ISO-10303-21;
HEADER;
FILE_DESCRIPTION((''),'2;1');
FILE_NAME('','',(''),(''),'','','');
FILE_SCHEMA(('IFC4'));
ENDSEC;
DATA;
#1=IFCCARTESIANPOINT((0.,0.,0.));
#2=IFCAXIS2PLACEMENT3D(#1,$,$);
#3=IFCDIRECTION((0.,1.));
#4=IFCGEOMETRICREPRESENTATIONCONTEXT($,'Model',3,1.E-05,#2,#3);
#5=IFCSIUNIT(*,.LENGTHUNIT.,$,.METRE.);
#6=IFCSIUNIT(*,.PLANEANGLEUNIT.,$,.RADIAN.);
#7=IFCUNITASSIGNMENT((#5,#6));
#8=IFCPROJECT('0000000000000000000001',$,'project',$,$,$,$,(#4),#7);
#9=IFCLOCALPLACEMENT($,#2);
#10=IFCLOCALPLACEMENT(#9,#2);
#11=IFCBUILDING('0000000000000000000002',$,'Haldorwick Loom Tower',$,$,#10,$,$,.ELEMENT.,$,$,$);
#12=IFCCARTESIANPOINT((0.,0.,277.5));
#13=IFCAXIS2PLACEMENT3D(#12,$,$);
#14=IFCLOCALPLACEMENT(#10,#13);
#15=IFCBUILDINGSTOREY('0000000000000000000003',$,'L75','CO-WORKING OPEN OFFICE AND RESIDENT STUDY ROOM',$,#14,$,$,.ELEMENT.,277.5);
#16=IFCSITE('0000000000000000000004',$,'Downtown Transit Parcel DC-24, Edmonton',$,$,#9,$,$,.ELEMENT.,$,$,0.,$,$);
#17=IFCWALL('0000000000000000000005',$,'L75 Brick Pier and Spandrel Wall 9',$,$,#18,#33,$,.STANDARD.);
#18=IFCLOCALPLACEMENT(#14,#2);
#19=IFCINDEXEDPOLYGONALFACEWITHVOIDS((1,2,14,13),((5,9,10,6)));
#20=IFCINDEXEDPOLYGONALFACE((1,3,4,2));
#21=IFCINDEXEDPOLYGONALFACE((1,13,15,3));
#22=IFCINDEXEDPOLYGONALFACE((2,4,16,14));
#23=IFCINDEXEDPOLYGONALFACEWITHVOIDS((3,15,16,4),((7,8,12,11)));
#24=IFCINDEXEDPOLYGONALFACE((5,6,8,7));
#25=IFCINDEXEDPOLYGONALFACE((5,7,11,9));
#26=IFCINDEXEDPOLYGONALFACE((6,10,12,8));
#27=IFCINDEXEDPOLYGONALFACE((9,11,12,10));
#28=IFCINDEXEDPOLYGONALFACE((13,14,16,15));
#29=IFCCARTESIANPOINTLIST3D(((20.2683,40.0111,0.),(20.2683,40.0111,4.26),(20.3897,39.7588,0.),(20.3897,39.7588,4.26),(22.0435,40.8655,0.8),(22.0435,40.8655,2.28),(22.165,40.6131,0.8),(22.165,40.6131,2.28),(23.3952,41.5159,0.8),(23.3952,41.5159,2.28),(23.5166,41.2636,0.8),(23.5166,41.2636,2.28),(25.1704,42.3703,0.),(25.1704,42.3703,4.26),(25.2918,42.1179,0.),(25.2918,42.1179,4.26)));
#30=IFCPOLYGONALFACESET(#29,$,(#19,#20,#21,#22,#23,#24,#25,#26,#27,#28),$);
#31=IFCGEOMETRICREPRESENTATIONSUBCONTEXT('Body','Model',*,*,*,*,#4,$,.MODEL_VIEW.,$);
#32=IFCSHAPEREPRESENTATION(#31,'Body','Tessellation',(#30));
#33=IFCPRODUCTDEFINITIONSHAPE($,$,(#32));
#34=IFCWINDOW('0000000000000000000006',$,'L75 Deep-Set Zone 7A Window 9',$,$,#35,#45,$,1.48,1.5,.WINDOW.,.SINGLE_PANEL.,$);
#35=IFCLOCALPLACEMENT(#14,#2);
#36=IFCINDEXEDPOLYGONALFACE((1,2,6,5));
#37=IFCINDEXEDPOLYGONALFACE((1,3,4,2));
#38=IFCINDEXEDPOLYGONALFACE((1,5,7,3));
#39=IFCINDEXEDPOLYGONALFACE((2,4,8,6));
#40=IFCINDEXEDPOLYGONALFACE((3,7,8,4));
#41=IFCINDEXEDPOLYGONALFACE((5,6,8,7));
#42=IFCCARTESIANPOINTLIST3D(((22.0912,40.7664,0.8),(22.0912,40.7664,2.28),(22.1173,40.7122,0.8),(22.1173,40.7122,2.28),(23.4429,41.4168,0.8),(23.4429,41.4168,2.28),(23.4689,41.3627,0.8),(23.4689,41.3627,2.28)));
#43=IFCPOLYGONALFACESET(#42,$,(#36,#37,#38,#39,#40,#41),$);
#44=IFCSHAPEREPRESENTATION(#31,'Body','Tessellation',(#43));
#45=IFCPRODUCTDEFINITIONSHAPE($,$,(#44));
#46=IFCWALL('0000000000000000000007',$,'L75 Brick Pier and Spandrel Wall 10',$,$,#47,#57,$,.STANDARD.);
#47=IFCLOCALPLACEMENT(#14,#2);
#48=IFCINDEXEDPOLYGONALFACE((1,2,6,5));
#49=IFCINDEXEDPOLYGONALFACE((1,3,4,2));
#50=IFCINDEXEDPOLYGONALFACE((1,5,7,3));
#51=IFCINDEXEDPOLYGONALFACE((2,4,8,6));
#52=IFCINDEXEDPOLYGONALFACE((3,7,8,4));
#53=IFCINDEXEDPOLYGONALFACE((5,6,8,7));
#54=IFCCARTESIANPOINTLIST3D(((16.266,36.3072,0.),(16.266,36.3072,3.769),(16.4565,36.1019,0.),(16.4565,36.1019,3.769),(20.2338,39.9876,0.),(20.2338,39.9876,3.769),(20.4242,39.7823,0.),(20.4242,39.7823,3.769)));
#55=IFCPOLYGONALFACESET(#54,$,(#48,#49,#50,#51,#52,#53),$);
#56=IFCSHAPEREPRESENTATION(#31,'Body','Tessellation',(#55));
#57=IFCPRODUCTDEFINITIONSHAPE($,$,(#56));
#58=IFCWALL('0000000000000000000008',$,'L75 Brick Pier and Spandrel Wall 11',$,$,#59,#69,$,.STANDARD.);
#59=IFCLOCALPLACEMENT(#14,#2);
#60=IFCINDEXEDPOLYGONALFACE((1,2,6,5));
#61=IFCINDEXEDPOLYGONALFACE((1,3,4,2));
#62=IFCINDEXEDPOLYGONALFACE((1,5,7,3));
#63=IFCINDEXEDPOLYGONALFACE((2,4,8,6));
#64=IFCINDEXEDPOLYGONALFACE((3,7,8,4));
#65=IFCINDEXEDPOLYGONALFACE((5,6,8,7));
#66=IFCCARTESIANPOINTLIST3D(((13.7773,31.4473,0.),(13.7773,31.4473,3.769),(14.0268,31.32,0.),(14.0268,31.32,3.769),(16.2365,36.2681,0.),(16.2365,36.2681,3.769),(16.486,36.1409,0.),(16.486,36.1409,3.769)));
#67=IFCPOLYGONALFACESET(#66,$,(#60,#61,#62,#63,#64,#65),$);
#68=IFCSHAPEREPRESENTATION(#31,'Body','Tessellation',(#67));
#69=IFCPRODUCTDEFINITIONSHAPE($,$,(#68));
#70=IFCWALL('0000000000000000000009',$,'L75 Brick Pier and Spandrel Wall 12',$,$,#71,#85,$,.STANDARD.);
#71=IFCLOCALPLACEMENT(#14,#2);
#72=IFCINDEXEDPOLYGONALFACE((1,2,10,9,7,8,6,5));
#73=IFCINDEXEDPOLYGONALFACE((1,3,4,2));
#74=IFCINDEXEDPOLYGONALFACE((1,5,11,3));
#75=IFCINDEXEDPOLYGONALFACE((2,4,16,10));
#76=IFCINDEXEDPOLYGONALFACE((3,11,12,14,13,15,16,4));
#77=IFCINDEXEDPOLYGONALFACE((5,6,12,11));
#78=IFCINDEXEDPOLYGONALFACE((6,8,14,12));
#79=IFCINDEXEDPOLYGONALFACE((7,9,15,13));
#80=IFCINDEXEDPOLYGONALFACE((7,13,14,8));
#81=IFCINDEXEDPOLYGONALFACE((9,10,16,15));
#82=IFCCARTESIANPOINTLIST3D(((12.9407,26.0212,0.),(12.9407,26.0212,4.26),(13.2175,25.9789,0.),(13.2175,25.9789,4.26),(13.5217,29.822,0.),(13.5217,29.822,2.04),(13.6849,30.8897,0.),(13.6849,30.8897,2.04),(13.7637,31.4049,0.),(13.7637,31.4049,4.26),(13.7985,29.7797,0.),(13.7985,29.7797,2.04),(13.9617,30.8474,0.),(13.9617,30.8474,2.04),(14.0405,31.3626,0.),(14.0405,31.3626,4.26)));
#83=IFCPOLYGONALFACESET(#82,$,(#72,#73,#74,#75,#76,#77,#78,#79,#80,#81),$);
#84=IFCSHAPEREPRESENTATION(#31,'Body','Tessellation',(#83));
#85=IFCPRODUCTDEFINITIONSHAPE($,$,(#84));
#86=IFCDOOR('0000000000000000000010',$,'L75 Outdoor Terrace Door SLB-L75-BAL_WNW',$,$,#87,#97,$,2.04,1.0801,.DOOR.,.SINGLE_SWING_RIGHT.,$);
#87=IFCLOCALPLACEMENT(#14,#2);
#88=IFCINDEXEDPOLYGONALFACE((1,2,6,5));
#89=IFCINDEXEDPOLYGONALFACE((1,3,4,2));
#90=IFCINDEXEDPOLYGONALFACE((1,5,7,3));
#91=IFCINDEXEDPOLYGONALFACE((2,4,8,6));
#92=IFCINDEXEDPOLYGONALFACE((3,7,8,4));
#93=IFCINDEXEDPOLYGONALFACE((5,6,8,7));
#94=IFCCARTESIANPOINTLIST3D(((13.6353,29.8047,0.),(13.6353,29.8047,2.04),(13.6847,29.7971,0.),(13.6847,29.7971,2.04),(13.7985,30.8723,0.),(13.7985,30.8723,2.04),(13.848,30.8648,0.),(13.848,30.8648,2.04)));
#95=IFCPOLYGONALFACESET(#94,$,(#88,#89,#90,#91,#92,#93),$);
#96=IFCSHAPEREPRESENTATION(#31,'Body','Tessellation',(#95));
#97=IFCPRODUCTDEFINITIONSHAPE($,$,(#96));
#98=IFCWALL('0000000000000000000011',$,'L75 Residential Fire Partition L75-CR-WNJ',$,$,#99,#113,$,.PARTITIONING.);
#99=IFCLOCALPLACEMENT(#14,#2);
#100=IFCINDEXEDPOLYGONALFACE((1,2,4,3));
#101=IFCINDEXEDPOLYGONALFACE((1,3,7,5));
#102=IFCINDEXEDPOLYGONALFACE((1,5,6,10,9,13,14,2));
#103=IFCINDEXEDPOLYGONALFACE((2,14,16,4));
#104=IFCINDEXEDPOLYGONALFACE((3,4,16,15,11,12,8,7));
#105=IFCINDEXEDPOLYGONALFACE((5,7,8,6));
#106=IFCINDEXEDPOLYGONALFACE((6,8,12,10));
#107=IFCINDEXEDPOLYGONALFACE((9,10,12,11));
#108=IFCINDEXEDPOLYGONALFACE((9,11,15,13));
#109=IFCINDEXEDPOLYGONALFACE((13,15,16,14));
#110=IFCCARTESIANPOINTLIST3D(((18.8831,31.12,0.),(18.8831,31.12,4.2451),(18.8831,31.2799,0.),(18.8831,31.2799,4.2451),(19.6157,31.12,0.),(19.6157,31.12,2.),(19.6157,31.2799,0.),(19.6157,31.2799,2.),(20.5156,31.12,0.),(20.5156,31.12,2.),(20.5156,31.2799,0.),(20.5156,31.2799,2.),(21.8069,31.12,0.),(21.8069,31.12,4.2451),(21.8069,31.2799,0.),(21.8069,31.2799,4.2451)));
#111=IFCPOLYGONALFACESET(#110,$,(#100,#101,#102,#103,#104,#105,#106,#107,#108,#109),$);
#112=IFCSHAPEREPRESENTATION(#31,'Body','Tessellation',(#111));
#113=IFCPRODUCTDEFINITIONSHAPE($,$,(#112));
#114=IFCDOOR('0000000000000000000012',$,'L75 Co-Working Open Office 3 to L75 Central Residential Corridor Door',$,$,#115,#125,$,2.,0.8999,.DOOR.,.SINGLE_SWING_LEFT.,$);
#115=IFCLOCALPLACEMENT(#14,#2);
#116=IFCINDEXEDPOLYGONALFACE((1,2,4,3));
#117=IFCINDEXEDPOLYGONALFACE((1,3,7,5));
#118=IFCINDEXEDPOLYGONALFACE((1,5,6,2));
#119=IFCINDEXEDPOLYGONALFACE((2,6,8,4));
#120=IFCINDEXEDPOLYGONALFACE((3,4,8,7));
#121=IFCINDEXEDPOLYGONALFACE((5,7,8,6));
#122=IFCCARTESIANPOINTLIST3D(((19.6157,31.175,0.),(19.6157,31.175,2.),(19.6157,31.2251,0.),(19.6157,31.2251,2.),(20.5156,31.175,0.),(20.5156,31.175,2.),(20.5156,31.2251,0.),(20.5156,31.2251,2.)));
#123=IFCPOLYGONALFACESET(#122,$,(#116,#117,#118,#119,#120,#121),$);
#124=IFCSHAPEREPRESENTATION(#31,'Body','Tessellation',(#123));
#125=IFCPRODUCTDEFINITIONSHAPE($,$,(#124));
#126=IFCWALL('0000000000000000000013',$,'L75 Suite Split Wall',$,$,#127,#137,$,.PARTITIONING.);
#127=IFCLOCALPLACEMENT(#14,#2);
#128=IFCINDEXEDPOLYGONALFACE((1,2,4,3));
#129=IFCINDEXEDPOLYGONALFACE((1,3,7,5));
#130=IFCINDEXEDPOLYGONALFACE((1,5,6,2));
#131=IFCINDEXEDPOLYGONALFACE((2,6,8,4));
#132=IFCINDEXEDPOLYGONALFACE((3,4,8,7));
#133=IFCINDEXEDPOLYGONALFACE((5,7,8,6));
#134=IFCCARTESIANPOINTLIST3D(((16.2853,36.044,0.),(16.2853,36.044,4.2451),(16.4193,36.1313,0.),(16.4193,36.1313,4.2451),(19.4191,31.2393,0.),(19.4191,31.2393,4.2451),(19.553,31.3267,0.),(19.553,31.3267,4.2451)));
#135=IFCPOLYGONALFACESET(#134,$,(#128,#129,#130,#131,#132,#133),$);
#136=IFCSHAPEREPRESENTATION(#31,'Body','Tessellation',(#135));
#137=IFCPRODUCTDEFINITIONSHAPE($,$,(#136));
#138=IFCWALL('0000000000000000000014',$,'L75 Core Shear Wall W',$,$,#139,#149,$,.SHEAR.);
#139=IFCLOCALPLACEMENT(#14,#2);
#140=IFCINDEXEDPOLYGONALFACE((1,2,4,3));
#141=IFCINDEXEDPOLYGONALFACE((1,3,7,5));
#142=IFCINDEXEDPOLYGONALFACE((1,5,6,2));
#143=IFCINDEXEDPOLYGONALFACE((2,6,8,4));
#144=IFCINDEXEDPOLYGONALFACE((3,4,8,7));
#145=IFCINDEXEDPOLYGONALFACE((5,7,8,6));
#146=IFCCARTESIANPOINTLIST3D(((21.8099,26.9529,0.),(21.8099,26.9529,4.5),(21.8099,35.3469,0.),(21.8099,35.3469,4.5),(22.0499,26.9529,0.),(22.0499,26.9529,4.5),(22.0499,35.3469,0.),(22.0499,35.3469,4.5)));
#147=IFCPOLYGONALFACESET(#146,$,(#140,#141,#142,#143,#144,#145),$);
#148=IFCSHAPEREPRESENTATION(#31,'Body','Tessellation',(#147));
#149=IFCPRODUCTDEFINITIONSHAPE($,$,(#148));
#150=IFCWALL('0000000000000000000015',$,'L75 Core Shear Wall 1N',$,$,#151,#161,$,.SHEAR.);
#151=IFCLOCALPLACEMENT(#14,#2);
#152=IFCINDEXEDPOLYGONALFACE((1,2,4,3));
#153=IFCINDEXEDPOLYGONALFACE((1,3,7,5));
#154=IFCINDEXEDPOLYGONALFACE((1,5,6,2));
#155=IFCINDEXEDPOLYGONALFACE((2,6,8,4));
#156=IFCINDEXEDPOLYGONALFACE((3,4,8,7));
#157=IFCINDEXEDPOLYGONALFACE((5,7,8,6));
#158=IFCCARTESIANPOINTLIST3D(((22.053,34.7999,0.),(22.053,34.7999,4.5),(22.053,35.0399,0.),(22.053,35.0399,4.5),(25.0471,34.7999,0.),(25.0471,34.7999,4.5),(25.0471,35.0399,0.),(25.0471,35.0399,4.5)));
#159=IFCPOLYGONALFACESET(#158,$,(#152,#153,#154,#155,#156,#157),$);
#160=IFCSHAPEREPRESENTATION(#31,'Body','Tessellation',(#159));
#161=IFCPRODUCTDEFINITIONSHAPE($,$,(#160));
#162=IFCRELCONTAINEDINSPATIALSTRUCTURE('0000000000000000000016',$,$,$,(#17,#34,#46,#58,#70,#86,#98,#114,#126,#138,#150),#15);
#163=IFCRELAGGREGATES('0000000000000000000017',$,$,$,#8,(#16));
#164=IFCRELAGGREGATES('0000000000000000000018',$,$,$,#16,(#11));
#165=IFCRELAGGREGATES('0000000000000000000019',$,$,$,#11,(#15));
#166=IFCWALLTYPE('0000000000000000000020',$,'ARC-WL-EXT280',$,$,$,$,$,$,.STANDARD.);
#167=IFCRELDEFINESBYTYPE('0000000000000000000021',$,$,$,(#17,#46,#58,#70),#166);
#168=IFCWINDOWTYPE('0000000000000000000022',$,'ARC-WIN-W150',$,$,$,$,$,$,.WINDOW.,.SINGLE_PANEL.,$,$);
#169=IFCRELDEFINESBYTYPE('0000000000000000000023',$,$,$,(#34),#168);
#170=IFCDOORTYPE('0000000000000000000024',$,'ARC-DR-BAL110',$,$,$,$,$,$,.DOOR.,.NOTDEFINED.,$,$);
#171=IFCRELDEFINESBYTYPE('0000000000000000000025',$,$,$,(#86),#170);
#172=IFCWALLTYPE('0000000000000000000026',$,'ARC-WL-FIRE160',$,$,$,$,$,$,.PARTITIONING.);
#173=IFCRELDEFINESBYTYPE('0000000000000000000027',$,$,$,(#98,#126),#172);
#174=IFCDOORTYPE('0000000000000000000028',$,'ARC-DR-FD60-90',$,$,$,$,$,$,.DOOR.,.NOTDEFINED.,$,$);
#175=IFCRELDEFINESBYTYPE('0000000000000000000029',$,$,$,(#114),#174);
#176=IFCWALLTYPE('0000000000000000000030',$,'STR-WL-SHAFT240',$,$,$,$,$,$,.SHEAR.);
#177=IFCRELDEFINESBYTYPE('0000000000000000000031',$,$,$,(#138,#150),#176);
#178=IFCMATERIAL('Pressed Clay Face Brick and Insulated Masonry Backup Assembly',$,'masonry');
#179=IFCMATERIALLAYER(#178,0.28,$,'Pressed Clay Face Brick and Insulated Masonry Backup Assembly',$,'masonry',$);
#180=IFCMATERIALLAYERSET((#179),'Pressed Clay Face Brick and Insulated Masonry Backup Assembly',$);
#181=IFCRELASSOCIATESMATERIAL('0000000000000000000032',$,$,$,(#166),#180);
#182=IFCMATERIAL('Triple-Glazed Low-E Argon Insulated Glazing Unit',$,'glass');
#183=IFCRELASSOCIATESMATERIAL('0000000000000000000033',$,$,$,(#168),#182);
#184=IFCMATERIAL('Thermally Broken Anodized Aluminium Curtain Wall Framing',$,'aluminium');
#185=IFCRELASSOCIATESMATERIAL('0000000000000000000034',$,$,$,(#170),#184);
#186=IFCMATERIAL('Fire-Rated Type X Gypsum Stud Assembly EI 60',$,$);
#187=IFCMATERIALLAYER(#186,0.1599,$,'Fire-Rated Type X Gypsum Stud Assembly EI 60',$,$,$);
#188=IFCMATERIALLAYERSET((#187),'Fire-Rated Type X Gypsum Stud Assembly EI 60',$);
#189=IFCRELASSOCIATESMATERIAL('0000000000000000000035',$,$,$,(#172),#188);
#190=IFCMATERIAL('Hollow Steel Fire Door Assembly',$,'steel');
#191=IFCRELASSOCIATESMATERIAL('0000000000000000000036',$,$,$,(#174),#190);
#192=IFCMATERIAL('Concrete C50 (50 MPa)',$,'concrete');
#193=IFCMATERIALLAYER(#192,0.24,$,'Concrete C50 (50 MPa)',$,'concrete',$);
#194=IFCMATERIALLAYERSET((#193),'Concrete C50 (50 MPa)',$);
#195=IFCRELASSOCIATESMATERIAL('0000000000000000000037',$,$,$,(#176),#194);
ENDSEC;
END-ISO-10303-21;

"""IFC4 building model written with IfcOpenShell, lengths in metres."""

from ifc_helpers import new_model, si_unit, direction, frame, frame_2d, origin, place, context, subcontext, project, spatial, rectangle, extrude, material, layer, layer_set, type_object, element, fill, save


model = new_model("IFC4")

# Units and contexts
model_context = context("Model", 3, precision=1e-05, world=origin(), true_north=direction((0.0, 1.0)))
body_context = subcontext(model_context, "Body", "Model", "MODEL_VIEW")
ifc_project = project(units=[si_unit("LENGTHUNIT", "METRE"), si_unit("PLANEANGLEUNIT", "RADIAN")], contexts=[model_context])

# Site, building, storey
site_placement = place(None, origin())
site = spatial("IfcSite", under=ifc_project, at=site_placement, Name="Downtown Transit Parcel DC-24, Edmonton", CompositionType="ELEMENT", RefElevation=0.0)
building_placement = place(site_placement, origin())
building = spatial("IfcBuilding", under=site, at=building_placement, Name="Haldorwick Loom Tower", CompositionType="ELEMENT")
storey_placement = place(building_placement, frame((0.0, 0.0, 277.5)))
storey = spatial("IfcBuildingStorey", under=building, at=storey_placement, Name="L75", Description="CO-WORKING OPEN OFFICE AND RESIDENT STUDY ROOM", CompositionType="ELEMENT", Elevation=277.5)

# Shared definitions
ifc_material_1 = material(Name="Concrete C50 (50 MPa)", Category="concrete")

# Wall, opening, window
ifc_material_2 = material(Name="Pressed Clay Face Brick and Insulated Masonry Backup Assembly", Category="masonry")
ifc_layer_1 = layer(ifc_material_2, 0.28, Name="Pressed Clay Face Brick and Insulated Masonry Backup Assembly", Category="masonry")
ifc_layer_set_1 = layer_set([ifc_layer_1], Name="Pressed Clay Face Brick and Insulated Masonry Backup Assembly")
wall_type_1 = type_object("IfcWallType", Name="ARC-WL-EXT280", PredefinedType="STANDARD", material=ifc_layer_set_1)
wall_1_placement = place(storey_placement, frame((25.2312, 42.2441, 0.0), z_axis=(0.0, 0.0, 1.0), x_axis=(-0.901084, -0.433646, 0.0)))
wall_1 = element("IfcWall", 1, at=wall_1_placement, inside=storey, type_object=wall_type_1, Name="L75 Brick Pier and Spandrel Wall 9", PredefinedType="STANDARD", context=body_context, shape_type="SweptSolid", body=[
    extrude(rectangle(XDim=5.4402, YDim=0.28, at=frame_2d((2.7202, 0.0))), origin(), (0.0, 0.0, 1.0), 4.26),
])
opening_1_placement = place(wall_1_placement, frame((1.9702, 0.0, 0.8)))
opening_1 = element("IfcOpeningElement", 2, at=opening_1_placement, cuts=wall_1, PredefinedType="OPENING", context=body_context, shape_type="SweptSolid", body=[
    extrude(rectangle(XDim=1.5, YDim=1.48, at=frame_2d((0.75, 0.74))), frame((0.0, 0.1499, 0.0), z_axis=(0.0, -1.0, 0.0), x_axis=(1.0, 0.0, 0.0)), (0.0, 0.0, 1.0), 0.3),
])
ifc_material_3 = material(Name="Triple-Glazed Low-E Argon Insulated Glazing Unit", Category="glass")
window_type = type_object("IfcWindowType", Name="ARC-WIN-W150", PartitioningType="SINGLE_PANEL", PredefinedType="WINDOW", material=ifc_material_3)
window_placement = place(opening_1_placement, origin())
window = element("IfcWindow", 3, at=window_placement, inside=storey, type_object=window_type, Name="L75 Deep-Set Zone 7A Window 9", OverallHeight=1.48, OverallWidth=1.5, PartitioningType="SINGLE_PANEL", PredefinedType="WINDOW", context=body_context, shape_type="SweptSolid", body=[
    extrude(rectangle(XDim=1.5, YDim=1.48, at=frame_2d((0.75, 0.74))), frame((0.0, 0.03, 0.0), z_axis=(0.0, -1.0, 0.0), x_axis=(1.0, 0.0, 0.0)), (0.0, 0.0, 1.0), 0.0601),
])
fill(opening_1, window)

# Walls
for number, where, z_axis, x_axis, name in (
    (4, (20.3291, 39.885, 0.0), (0.0, 0.0, 1.0), (-0.733157, -0.68006, 0.0), "L75 Brick Pier and Spandrel Wall 10"),
    (5, (16.3613, 36.2046, 0.0), (0.0, 0.0, 1.0), (-0.454417, -0.890789, 0.0), "L75 Brick Pier and Spandrel Wall 11"),
):
    element("IfcWall", number, at=place(storey_placement, frame(where, z_axis=z_axis, x_axis=x_axis)), inside=storey, type_object=wall_type_1, Name=name, PredefinedType="STANDARD", context=body_context, shape_type="SweptSolid", body=[
        extrude(rectangle(XDim=5.4119, YDim=0.28, at=frame_2d((2.7061, 0.0))), origin(), (0.0, 0.0, 1.0), 3.769),
    ])

# Walls, openings, doors
wall_2_placement = place(storey_placement, frame((13.9021, 31.3838, 0.0), z_axis=(0.0, 0.0, 1.0), x_axis=(-0.151111, -0.988517, 0.0)))
wall_2 = element("IfcWall", 6, at=wall_2_placement, inside=storey, type_object=wall_type_1, Name="L75 Brick Pier and Spandrel Wall 12", PredefinedType="STANDARD", context=body_context, shape_type="SweptSolid", body=[
    extrude(rectangle(XDim=5.4463, YDim=0.28, at=frame_2d((2.7231, 0.0))), origin(), (0.0, 0.0, 1.0), 4.26),
])
opening_2_placement = place(wall_2_placement, frame((0.5212, 0.0, 0.0)))
opening_2 = element("IfcOpeningElement", 7, at=opening_2_placement, cuts=wall_2, PredefinedType="OPENING", context=body_context, shape_type="SweptSolid", body=[
    extrude(rectangle(XDim=1.0801, YDim=2.04, at=frame_2d((0.54, 1.02))), frame((0.0, 0.1499, 0.0), z_axis=(0.0, -1.0, 0.0), x_axis=(1.0, 0.0, 0.0)), (0.0, 0.0, 1.0), 0.3),
])
ifc_material_4 = material(Name="Thermally Broken Anodized Aluminium Curtain Wall Framing", Category="aluminium")
door_type_1 = type_object("IfcDoorType", Name="ARC-DR-BAL110", OperationType="NOTDEFINED", PredefinedType="DOOR", material=ifc_material_4)
door_1_placement = place(opening_2_placement, origin())
door_1 = element("IfcDoor", 8, at=door_1_placement, inside=storey, type_object=door_type_1, Name="L75 Outdoor Terrace Door SLB-L75-BAL_WNW", OperationType="SINGLE_SWING_RIGHT", OverallHeight=2.04, OverallWidth=1.0801, PredefinedType="DOOR", context=body_context, shape_type="SweptSolid", body=[
    extrude(rectangle(XDim=1.0801, YDim=2.04, at=frame_2d((0.54, 1.02))), frame((0.0, 0.0249, 0.0), z_axis=(0.0, -1.0, 0.0), x_axis=(1.0, 0.0, 0.0)), (0.0, 0.0, 1.0), 0.05),
])
fill(opening_2, door_1)
ifc_material_5 = material(Name="Fire-Rated Type X Gypsum Stud Assembly EI 60")
ifc_layer_2 = layer(ifc_material_5, 0.1599, Name="Fire-Rated Type X Gypsum Stud Assembly EI 60")
ifc_layer_set_2 = layer_set([ifc_layer_2], Name="Fire-Rated Type X Gypsum Stud Assembly EI 60")
wall_type_2 = type_object("IfcWallType", Name="ARC-WL-FIRE160", PredefinedType="PARTITIONING", material=ifc_layer_set_2)
wall_3_placement = place(storey_placement, frame((18.8831, 31.2, 0.0), z_axis=(0.0, 0.0, 1.0), x_axis=(1.0, 0.0, 0.0)))
wall_3 = element("IfcWall", 9, at=wall_3_placement, inside=storey, type_object=wall_type_2, Name="L75 Residential Fire Partition L75-CR-WNJ", PredefinedType="PARTITIONING", context=body_context, shape_type="SweptSolid", body=[
    extrude(rectangle(XDim=2.9238, YDim=0.1599, at=frame_2d((1.4619, 0.0))), origin(), (0.0, 0.0, 1.0), 4.2451),
])
opening_3_placement = place(wall_3_placement, frame((0.7327, 0.0, 0.0)))
opening_3 = element("IfcOpeningElement", 10, at=opening_3_placement, cuts=wall_3, PredefinedType="OPENING", context=body_context, shape_type="SweptSolid", body=[
    extrude(rectangle(XDim=0.8999, YDim=2.0, at=frame_2d((0.45, 1.0))), frame((0.0, 0.0898, 0.0), z_axis=(0.0, -1.0, 0.0), x_axis=(1.0, 0.0, 0.0)), (0.0, 0.0, 1.0), 0.1799),
])
ifc_material_6 = material(Name="Hollow Steel Fire Door Assembly", Category="steel")
door_type_2 = type_object("IfcDoorType", Name="ARC-DR-FD60-90", OperationType="NOTDEFINED", PredefinedType="DOOR", material=ifc_material_6)
door_2_placement = place(opening_3_placement, frame((0.8999, 0.0, 0.0), z_axis=(0.0, 0.0, 1.0), x_axis=(-1.0, 0.0, 0.0)))
door_2 = element("IfcDoor", 11, at=door_2_placement, inside=storey, type_object=door_type_2, Name="L75 Co-Working Open Office 3 to L75 Central Residential Corridor Door", OperationType="SINGLE_SWING_LEFT", OverallHeight=2.0, OverallWidth=0.8999, PredefinedType="DOOR", context=body_context, shape_type="SweptSolid", body=[
    extrude(rectangle(XDim=0.8999, YDim=2.0, at=frame_2d((0.45, 1.0))), frame((0.0, 0.0249, 0.0), z_axis=(0.0, -1.0, 0.0), x_axis=(1.0, 0.0, 0.0)), (0.0, 0.0, 1.0), 0.05),
])
fill(opening_3, door_2)

# Walls
wall_4_placement = place(storey_placement, frame((16.3523, 36.0876, 0.0), z_axis=(0.0, 0.0, 1.0), x_axis=(0.546304, -0.837587, 0.0)))
element("IfcWall", 12, at=wall_4_placement, inside=storey, type_object=wall_type_2, Name="L75 Suite Split Wall", PredefinedType="PARTITIONING", context=body_context, shape_type="SweptSolid", body=[
    extrude(rectangle(XDim=5.7363, YDim=0.1599, at=frame_2d((2.8682, 0.0))), origin(), (0.0, 0.0, 1.0), 4.2451),
])
ifc_layer_3 = layer(ifc_material_1, 0.24, Name="Concrete C50 (50 MPa)", Category="concrete")
ifc_layer_set_3 = layer_set([ifc_layer_3], Name="Concrete C50 (50 MPa)")
wall_type_3 = type_object("IfcWallType", Name="STR-WL-SHAFT240", PredefinedType="SHEAR", material=ifc_layer_set_3)
wall_5_placement = place(storey_placement, frame((21.9299, 35.3469, 0.0), z_axis=(0.0, 0.0, 1.0), x_axis=(0.0, -1.0, 0.0)))
element("IfcWall", 13, at=wall_5_placement, inside=storey, type_object=wall_type_3, Name="L75 Core Shear Wall W", PredefinedType="SHEAR", context=body_context, shape_type="SweptSolid", body=[
    extrude(rectangle(XDim=8.394, YDim=0.24, at=frame_2d((4.197, 0.0))), origin(), (0.0, 0.0, 1.0), 4.5),
])
wall_6_placement = place(storey_placement, frame((22.053, 34.9199, 0.0), z_axis=(0.0, 0.0, 1.0), x_axis=(1.0, 0.0, 0.0)))
element("IfcWall", 14, at=wall_6_placement, inside=storey, type_object=wall_type_3, Name="L75 Core Shear Wall 1N", PredefinedType="SHEAR", context=body_context, shape_type="SweptSolid", body=[
    extrude(rectangle(XDim=2.9941, YDim=0.24, at=frame_2d((1.4971, 0.0))), origin(), (0.0, 0.0, 1.0), 4.5),
])

save(model, "model.ifc")
